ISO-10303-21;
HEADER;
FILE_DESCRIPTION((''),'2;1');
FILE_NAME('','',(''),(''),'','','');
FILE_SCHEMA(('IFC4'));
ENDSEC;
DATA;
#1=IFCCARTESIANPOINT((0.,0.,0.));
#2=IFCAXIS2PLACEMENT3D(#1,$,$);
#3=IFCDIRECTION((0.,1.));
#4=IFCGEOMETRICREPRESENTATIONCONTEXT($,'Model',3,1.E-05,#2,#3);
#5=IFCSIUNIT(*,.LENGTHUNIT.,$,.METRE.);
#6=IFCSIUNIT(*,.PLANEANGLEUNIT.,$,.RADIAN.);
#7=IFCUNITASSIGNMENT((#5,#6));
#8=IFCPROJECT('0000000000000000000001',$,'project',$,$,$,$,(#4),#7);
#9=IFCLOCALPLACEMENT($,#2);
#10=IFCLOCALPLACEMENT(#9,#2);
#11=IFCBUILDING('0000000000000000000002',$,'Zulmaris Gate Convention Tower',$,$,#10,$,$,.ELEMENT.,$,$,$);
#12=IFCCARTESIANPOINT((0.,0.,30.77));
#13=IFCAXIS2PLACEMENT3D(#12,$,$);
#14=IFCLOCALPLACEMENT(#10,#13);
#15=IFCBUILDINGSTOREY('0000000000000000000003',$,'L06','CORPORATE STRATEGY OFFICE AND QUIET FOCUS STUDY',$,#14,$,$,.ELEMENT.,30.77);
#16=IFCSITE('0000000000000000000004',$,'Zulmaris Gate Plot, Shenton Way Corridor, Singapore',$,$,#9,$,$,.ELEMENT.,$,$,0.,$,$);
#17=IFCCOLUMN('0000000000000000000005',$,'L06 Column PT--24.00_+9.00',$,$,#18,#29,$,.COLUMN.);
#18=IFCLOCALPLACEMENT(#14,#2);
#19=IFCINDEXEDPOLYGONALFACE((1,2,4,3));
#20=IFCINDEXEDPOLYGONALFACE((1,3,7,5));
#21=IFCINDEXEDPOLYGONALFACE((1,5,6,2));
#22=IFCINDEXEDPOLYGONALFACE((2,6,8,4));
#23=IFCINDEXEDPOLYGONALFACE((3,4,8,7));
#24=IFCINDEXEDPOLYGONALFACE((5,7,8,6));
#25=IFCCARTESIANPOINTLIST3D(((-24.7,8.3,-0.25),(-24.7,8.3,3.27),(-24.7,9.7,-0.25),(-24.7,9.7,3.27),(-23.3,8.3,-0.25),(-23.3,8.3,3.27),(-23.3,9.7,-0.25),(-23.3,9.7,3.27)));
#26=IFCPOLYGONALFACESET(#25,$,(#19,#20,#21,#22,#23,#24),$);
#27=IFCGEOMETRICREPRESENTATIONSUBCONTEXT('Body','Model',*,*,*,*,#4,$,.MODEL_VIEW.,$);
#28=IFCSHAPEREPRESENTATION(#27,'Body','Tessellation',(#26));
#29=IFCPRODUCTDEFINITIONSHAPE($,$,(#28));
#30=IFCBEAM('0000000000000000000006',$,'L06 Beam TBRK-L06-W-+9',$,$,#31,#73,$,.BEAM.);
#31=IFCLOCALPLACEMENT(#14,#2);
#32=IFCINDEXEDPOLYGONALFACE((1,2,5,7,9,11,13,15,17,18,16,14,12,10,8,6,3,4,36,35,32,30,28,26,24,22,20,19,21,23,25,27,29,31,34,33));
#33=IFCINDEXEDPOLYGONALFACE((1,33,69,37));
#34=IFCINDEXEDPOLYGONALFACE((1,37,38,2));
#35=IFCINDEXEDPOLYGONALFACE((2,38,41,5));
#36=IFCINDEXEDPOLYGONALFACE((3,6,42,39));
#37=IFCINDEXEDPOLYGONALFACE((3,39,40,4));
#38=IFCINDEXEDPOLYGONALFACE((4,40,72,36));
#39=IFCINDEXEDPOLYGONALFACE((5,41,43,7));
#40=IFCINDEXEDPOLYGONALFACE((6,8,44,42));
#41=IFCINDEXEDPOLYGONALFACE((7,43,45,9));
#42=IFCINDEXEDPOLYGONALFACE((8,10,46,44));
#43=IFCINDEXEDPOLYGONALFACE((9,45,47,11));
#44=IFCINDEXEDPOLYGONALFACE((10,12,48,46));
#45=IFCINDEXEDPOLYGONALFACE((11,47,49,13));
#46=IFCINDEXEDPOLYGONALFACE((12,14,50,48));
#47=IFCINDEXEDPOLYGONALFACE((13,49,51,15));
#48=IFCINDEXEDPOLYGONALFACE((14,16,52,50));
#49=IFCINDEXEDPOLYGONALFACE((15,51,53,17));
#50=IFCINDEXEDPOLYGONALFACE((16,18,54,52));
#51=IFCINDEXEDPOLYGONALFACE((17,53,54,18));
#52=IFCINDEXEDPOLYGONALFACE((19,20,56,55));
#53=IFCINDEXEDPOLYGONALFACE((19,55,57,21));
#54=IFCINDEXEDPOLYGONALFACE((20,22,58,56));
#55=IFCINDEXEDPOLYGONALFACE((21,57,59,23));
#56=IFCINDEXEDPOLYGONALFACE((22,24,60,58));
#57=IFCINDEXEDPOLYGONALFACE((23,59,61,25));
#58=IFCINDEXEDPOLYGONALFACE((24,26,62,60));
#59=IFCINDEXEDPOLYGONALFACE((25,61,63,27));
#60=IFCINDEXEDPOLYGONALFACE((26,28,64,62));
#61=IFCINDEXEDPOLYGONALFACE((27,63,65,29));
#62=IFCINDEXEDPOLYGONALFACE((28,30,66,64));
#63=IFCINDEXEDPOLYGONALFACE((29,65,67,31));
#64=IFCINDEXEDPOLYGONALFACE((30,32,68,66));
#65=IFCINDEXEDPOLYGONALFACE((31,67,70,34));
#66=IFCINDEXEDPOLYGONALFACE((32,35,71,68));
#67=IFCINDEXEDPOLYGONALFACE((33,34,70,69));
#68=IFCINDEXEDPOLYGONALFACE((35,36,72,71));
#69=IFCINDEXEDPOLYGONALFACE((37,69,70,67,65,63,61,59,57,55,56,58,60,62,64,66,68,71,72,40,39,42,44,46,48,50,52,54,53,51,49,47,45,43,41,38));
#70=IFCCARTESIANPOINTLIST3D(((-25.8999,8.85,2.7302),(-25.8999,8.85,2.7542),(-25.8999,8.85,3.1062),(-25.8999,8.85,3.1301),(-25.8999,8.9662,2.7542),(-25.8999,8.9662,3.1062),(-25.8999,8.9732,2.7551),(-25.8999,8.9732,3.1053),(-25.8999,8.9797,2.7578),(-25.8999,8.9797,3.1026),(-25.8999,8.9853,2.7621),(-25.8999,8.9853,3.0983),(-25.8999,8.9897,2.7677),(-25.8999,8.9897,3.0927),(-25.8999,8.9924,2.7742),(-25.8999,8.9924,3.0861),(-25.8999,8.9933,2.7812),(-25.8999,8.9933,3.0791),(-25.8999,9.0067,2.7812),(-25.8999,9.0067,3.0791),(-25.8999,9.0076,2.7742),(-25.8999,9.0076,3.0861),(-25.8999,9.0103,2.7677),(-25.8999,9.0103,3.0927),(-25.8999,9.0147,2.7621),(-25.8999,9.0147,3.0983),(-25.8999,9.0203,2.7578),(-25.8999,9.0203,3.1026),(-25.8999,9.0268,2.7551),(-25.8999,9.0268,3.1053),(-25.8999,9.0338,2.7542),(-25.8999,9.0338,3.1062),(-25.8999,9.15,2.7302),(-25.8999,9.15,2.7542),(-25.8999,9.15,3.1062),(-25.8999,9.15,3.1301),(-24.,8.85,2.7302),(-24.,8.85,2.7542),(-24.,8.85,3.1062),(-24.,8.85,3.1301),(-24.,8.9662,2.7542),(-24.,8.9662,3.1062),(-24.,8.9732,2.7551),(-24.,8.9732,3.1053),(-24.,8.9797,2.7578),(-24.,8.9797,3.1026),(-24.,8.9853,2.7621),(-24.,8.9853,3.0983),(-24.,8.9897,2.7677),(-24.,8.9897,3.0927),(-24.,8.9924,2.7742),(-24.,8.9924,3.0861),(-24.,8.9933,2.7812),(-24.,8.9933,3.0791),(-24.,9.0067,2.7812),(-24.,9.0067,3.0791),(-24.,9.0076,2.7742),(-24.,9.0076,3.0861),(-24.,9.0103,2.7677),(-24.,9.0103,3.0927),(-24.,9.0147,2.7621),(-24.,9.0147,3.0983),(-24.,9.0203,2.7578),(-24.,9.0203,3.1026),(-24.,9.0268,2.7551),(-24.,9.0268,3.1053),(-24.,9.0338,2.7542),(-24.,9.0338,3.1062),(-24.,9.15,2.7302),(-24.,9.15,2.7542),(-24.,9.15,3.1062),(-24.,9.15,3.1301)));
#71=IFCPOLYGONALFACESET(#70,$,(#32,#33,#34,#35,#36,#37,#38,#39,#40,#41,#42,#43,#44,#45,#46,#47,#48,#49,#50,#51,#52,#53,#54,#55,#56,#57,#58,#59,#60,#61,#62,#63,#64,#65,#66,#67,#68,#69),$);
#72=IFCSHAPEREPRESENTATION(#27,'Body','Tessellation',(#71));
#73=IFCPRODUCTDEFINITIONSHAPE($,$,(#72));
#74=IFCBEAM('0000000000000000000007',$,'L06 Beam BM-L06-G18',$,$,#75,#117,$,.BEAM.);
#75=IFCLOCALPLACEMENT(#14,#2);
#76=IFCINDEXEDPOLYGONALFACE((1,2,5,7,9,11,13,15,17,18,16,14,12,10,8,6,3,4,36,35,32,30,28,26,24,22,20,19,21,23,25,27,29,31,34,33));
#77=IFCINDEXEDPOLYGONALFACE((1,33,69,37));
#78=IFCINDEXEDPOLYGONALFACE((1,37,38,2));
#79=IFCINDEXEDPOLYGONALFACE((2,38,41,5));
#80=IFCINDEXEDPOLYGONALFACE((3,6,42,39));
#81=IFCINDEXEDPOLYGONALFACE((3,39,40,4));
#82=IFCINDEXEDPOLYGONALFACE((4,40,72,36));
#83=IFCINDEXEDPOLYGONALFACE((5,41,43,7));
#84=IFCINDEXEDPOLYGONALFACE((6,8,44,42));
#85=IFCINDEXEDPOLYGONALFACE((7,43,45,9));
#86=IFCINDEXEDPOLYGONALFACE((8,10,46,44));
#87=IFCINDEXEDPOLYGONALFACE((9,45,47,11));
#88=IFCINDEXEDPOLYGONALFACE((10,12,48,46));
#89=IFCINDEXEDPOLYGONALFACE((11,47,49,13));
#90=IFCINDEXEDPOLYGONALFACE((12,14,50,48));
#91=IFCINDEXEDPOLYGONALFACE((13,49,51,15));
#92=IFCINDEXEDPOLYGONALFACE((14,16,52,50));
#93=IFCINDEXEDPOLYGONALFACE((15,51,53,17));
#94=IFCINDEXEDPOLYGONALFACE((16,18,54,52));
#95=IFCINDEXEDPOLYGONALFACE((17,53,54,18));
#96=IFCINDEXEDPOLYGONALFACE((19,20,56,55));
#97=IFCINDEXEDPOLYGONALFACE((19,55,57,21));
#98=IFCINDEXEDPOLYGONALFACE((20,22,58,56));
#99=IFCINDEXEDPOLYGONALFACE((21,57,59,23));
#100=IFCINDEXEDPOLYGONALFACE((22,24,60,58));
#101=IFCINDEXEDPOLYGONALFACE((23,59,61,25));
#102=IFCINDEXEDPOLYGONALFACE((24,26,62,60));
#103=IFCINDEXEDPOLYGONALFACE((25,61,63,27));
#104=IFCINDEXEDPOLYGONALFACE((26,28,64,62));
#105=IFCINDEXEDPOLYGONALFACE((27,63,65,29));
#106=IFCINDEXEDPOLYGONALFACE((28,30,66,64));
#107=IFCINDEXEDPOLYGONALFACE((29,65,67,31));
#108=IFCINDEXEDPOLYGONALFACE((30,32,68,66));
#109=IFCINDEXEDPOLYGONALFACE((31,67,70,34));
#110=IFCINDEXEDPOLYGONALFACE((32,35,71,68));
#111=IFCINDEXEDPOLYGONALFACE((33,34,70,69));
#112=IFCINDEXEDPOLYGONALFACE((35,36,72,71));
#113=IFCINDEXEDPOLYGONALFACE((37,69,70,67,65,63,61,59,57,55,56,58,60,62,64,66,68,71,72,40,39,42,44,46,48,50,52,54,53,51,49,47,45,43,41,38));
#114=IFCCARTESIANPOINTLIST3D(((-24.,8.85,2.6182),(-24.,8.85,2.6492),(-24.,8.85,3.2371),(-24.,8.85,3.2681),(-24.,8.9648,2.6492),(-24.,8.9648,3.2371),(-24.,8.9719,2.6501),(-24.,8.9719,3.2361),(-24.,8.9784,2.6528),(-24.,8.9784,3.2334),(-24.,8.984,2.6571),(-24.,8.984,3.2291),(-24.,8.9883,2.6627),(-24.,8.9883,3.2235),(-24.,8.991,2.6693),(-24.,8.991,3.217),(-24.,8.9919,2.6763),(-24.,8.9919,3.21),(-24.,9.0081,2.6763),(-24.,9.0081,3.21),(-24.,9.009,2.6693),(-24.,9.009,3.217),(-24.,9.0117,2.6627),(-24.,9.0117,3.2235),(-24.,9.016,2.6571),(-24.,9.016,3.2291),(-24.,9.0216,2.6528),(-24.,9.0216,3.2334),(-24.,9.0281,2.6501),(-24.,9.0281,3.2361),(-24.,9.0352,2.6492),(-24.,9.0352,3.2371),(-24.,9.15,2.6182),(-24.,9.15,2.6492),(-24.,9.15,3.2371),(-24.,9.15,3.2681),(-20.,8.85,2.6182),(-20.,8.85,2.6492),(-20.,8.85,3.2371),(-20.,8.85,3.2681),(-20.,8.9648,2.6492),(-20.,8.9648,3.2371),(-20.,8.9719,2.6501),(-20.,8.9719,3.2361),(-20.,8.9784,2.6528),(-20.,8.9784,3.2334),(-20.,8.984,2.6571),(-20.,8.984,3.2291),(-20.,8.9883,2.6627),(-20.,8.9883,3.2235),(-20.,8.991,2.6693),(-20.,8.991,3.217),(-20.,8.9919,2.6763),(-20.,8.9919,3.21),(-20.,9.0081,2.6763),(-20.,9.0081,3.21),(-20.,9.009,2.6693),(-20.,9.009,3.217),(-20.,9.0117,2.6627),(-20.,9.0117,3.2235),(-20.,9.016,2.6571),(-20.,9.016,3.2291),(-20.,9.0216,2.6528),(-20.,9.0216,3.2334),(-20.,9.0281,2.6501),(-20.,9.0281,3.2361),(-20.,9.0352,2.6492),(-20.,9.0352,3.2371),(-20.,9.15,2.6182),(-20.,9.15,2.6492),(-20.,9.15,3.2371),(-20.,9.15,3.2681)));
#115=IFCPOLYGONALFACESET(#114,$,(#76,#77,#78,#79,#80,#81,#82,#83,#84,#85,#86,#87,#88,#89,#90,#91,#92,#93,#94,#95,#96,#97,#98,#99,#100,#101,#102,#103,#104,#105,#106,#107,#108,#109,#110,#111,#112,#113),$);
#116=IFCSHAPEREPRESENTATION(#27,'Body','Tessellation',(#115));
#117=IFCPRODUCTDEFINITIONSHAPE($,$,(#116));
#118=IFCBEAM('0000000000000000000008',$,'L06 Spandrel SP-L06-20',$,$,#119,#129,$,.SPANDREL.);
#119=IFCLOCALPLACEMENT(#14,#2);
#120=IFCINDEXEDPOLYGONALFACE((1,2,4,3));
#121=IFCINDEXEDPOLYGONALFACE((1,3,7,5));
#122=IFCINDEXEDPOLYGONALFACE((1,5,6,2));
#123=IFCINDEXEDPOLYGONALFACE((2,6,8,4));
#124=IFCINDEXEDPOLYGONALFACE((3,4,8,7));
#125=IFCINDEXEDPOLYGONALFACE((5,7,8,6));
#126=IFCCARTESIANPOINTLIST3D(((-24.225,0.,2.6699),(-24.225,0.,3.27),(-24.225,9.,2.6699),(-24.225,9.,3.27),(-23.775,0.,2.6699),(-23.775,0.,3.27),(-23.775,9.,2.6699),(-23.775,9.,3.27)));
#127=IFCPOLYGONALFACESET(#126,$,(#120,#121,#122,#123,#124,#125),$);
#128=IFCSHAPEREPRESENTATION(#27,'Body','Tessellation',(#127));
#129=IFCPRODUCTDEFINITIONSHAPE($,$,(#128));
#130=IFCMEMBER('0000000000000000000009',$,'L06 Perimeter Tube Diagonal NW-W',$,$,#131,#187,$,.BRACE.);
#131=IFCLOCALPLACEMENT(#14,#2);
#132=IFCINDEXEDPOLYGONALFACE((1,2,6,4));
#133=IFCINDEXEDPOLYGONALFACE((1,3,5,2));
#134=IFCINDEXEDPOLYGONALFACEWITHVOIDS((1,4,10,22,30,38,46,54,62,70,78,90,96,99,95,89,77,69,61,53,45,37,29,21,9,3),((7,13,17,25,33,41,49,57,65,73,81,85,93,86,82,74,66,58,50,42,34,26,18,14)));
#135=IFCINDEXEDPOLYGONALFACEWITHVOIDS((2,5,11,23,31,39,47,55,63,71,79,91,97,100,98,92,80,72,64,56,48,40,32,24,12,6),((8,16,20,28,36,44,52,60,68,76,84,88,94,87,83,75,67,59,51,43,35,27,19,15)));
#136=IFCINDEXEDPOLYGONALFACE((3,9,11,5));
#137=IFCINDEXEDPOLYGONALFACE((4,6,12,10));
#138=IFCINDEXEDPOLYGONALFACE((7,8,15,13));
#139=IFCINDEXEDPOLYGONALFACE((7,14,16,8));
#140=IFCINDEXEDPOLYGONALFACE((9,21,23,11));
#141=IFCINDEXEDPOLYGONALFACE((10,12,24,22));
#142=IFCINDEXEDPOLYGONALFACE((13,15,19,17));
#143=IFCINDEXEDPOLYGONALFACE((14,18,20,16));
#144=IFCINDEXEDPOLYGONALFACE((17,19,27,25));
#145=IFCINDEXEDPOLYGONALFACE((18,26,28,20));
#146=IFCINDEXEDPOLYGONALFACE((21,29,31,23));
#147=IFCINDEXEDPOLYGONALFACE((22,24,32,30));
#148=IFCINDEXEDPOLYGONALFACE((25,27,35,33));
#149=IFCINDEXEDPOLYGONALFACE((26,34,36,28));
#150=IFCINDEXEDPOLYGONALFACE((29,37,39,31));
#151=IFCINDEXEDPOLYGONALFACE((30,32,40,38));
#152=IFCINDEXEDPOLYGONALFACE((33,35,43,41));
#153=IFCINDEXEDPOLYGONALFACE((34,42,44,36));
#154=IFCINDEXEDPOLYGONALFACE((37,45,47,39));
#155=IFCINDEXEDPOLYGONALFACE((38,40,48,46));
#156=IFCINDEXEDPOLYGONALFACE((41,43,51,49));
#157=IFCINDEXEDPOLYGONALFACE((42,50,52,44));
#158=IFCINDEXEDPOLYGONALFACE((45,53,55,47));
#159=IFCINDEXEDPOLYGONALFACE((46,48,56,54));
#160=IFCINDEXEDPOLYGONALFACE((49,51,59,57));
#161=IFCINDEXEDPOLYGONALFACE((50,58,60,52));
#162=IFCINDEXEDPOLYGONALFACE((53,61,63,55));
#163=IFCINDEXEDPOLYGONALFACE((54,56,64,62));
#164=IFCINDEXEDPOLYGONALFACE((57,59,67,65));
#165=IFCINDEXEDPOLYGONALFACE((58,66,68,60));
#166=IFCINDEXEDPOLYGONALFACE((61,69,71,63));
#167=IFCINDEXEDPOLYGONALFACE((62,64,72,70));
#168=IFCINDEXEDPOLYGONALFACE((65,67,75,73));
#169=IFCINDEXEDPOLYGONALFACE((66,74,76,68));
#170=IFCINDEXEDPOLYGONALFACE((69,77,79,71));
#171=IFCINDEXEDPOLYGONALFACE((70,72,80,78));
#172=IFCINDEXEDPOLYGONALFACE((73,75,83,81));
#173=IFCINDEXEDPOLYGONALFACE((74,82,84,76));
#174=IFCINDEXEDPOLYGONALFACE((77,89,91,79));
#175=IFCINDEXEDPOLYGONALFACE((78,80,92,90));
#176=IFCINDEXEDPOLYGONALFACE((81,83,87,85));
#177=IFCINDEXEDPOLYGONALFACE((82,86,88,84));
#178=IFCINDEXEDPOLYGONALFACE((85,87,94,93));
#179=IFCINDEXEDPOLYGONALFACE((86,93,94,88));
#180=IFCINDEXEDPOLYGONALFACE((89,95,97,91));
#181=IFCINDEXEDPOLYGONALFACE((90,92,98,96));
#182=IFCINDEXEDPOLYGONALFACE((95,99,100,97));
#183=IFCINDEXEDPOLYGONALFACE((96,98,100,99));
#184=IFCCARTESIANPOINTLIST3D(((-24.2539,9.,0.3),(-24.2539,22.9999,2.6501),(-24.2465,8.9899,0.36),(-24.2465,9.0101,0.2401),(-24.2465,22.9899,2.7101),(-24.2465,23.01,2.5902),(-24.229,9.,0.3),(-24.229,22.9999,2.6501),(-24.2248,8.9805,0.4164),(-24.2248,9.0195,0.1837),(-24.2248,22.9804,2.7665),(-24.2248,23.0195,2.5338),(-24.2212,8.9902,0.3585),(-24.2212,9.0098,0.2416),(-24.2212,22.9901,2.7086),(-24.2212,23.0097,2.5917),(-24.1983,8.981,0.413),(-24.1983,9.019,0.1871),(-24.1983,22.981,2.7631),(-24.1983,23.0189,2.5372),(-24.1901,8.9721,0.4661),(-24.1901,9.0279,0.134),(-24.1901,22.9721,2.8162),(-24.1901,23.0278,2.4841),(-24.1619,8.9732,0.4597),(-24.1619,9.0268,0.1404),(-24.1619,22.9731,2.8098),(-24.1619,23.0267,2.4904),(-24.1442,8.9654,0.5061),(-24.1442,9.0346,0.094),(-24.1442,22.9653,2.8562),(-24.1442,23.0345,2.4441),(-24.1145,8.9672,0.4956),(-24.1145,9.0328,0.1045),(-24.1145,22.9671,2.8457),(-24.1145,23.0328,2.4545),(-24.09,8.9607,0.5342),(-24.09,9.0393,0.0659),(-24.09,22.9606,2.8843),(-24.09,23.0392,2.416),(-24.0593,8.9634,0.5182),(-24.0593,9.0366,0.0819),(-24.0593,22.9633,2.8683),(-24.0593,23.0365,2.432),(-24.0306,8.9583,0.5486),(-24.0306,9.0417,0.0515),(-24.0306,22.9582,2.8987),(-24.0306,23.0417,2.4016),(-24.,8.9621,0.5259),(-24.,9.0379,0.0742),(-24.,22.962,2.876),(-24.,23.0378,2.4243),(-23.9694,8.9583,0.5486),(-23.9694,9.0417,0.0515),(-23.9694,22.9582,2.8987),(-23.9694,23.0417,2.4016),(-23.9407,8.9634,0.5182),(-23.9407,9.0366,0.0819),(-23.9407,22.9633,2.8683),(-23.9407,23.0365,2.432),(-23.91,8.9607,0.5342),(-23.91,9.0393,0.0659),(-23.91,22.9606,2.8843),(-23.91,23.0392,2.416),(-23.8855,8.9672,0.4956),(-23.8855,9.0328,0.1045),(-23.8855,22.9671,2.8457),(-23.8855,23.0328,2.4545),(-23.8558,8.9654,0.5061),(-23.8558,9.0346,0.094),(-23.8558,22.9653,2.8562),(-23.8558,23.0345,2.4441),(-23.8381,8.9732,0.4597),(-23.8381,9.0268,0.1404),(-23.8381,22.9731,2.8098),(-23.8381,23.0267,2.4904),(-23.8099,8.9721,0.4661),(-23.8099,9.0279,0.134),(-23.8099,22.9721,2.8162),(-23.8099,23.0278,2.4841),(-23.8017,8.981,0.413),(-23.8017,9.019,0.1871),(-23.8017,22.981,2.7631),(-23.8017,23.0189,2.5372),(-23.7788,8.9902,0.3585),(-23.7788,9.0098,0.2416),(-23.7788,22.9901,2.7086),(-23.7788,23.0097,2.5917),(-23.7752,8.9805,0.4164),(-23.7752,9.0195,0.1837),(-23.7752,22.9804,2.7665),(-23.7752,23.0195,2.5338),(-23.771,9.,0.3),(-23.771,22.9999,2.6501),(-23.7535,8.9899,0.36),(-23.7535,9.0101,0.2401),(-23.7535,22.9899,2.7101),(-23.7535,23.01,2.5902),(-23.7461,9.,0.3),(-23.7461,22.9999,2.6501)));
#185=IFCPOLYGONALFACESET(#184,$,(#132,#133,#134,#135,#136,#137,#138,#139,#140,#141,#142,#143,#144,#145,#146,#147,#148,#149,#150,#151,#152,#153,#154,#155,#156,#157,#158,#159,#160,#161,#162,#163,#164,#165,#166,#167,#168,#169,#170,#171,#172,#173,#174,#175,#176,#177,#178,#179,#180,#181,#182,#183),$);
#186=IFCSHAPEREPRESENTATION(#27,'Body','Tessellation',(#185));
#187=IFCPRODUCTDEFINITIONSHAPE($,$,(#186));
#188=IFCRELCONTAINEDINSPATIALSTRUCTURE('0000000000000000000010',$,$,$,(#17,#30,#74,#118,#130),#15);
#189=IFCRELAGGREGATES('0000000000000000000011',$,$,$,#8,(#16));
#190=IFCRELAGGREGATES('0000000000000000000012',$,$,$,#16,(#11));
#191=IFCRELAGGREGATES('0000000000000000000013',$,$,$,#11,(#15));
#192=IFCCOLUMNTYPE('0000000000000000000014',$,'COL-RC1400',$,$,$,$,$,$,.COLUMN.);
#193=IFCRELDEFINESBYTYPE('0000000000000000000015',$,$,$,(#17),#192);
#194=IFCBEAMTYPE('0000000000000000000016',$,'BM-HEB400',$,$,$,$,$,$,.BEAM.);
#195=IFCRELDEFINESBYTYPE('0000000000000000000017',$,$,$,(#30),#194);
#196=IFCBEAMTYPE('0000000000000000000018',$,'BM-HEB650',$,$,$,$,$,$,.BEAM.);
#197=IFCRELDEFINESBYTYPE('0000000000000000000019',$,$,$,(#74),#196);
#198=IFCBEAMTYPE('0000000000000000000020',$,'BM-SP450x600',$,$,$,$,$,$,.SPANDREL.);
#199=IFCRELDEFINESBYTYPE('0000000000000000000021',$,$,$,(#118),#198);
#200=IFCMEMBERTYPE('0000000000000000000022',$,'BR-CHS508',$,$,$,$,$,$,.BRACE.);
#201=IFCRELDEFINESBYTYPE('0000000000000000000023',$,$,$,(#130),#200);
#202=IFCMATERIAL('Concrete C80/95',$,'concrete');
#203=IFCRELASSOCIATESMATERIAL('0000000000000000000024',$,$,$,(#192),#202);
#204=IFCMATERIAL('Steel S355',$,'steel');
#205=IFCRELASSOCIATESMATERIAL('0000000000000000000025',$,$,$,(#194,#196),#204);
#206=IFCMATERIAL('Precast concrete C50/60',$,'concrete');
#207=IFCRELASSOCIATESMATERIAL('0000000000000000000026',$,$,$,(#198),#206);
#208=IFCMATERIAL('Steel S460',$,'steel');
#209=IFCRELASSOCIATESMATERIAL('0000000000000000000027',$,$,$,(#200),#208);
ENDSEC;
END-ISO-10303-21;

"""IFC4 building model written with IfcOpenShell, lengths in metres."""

from ifc_helpers import new_model, si_unit, direction, frame, origin, origin_2d, place, context, subcontext, project, spatial, rectangle, hollow_circle, i_section, extrude, material, material_profile, profile_set, type_object, element, save


model = new_model("IFC4")

# Units and contexts
model_context = context("Model", 3, precision=1e-05, world=origin(), true_north=direction((0.0, 1.0)))
body_context = subcontext(model_context, "Body", "Model", "MODEL_VIEW")
ifc_project = project(units=[si_unit("LENGTHUNIT", "METRE"), si_unit("PLANEANGLEUNIT", "RADIAN")], contexts=[model_context])

# Site, building, storey
site_placement = place(None, origin())
site = spatial("IfcSite", under=ifc_project, at=site_placement, Name="Zulmaris Gate Plot, Shenton Way Corridor, Singapore", CompositionType="ELEMENT", RefElevation=0.0)
building_placement = place(site_placement, origin())
building = spatial("IfcBuilding", under=site, at=building_placement, Name="Zulmaris Gate Convention Tower", CompositionType="ELEMENT")
storey_placement = place(building_placement, frame((0.0, 0.0, 30.77)))
storey = spatial("IfcBuildingStorey", under=building, at=storey_placement, Name="L06", Description="CORPORATE STRATEGY OFFICE AND QUIET FOCUS STUDY", CompositionType="ELEMENT", Elevation=30.77)

# Column
ifc_material_1 = material(Name="Concrete C80/95", Category="concrete")
ifc_material_profile_1 = material_profile(ifc_material_1, rectangle(XDim=1.3999, YDim=1.3999, at=origin_2d()), Name="RC COL 1400x1400")
ifc_profile_set_1 = profile_set([ifc_material_profile_1], Name="Concrete C80/95")
column_type = type_object("IfcColumnType", Name="COL-RC1400", PredefinedType="COLUMN", material=ifc_profile_set_1)
column_placement = place(storey_placement, frame((-24.0, 9.0, -0.25), z_axis=(0.0, 0.0, 1.0), x_axis=(1.0, 0.0, 0.0)))
element("IfcColumn", 1, at=column_placement, inside=storey, type_object=column_type, Name="L06 Column PT--24.00_+9.00", PredefinedType="COLUMN", context=body_context, shape_type="SweptSolid", body=[
    extrude(rectangle(XDim=1.3999, YDim=1.3999, at=origin_2d()), origin(), (0.0, 0.0, 1.0), 3.52),
])

# Beams
ifc_material_2 = material(Name="Steel S355", Category="steel")
ifc_material_profile_2 = material_profile(ifc_material_2, i_section(OverallWidth=0.3, OverallDepth=0.3999, WebThickness=0.0134, FlangeThickness=0.0239, FilletRadius=0.0271, at=origin_2d()), Name="HEB 400")
ifc_profile_set_2 = profile_set([ifc_material_profile_2], Name="Steel S355")
beam_type_1 = type_object("IfcBeamType", Name="BM-HEB400", PredefinedType="BEAM", material=ifc_profile_set_2)
beam_1_placement = place(storey_placement, frame((-25.8999, 9.0, 2.9302), z_axis=(1.0, 0.0, 0.0), x_axis=(0.0, 1.0, 0.0)))
element("IfcBeam", 2, at=beam_1_placement, inside=storey, type_object=beam_type_1, Name="L06 Beam TBRK-L06-W-+9", PredefinedType="BEAM", context=body_context, shape_type="SweptSolid", body=[
    extrude(i_section(OverallWidth=0.3, OverallDepth=0.3999, WebThickness=0.0134, FlangeThickness=0.0239, FilletRadius=0.0271, at=origin_2d()), origin(), (0.0, 0.0, 1.0), 1.8999),
])
ifc_material_profile_3 = material_profile(ifc_material_2, i_section(OverallWidth=0.3, OverallDepth=0.6499, WebThickness=0.0161, FlangeThickness=0.031, FilletRadius=0.0271, at=origin_2d()), Name="HEB 650")
ifc_profile_set_3 = profile_set([ifc_material_profile_3], Name="Steel S355")
beam_type_2 = type_object("IfcBeamType", Name="BM-HEB650", PredefinedType="BEAM", material=ifc_profile_set_3)
beam_2_placement = place(storey_placement, frame((-24.0, 9.0, 2.9431), z_axis=(1.0, 0.0, 0.0), x_axis=(0.0, 1.0, 0.0)))
element("IfcBeam", 3, at=beam_2_placement, inside=storey, type_object=beam_type_2, Name="L06 Beam BM-L06-G18", PredefinedType="BEAM", context=body_context, shape_type="SweptSolid", body=[
    extrude(i_section(OverallWidth=0.3, OverallDepth=0.6499, WebThickness=0.0161, FlangeThickness=0.031, FilletRadius=0.0271, at=origin_2d()), origin(), (0.0, 0.0, 1.0), 4.0),
])
ifc_material_3 = material(Name="Precast concrete C50/60", Category="concrete")
ifc_material_profile_4 = material_profile(ifc_material_3, rectangle(XDim=0.45, YDim=0.6001, at=origin_2d()), Name="RC SPANDREL 450x600")
ifc_profile_set_4 = profile_set([ifc_material_profile_4], Name="Precast concrete C50/60")
beam_type_3 = type_object("IfcBeamType", Name="BM-SP450x600", PredefinedType="SPANDREL", material=ifc_profile_set_4)
beam_3_placement = place(storey_placement, frame((-24.0, 9.0, 2.97), z_axis=(0.0, -1.0, 0.0), x_axis=(1.0, 0.0, 0.0)))
element("IfcBeam", 4, at=beam_3_placement, inside=storey, type_object=beam_type_3, Name="L06 Spandrel SP-L06-20", PredefinedType="SPANDREL", context=body_context, shape_type="SweptSolid", body=[
    extrude(rectangle(XDim=0.45, YDim=0.6001, at=origin_2d()), origin(), (0.0, 0.0, 1.0), 9.0),
])

# Member
ifc_material_4 = material(Name="Steel S460", Category="steel")
ifc_material_profile_5 = material_profile(ifc_material_4, hollow_circle(Radius=0.2539, WallThickness=0.0249, at=origin_2d()), Name="CHS 508x25")
ifc_profile_set_5 = profile_set([ifc_material_profile_5], Name="Steel S460")
member_type = type_object("IfcMemberType", Name="BR-CHS508", PredefinedType="BRACE", material=ifc_profile_set_5)
member_placement = place(storey_placement, frame((-24.0, 9.0, 0.3), z_axis=(0.0, 0.986202, 0.165548), x_axis=(-1.0, 0.0, 0.0)))
element("IfcMember", 5, at=member_placement, inside=storey, type_object=member_type, Name="L06 Perimeter Tube Diagonal NW-W", PredefinedType="BRACE", context=body_context, shape_type="SweptSolid", body=[
    extrude(hollow_circle(Radius=0.2539, WallThickness=0.0249, at=origin_2d()), origin(), (0.0, 0.0, 1.0), 14.1958),
])

save(model, "model.ifc")
